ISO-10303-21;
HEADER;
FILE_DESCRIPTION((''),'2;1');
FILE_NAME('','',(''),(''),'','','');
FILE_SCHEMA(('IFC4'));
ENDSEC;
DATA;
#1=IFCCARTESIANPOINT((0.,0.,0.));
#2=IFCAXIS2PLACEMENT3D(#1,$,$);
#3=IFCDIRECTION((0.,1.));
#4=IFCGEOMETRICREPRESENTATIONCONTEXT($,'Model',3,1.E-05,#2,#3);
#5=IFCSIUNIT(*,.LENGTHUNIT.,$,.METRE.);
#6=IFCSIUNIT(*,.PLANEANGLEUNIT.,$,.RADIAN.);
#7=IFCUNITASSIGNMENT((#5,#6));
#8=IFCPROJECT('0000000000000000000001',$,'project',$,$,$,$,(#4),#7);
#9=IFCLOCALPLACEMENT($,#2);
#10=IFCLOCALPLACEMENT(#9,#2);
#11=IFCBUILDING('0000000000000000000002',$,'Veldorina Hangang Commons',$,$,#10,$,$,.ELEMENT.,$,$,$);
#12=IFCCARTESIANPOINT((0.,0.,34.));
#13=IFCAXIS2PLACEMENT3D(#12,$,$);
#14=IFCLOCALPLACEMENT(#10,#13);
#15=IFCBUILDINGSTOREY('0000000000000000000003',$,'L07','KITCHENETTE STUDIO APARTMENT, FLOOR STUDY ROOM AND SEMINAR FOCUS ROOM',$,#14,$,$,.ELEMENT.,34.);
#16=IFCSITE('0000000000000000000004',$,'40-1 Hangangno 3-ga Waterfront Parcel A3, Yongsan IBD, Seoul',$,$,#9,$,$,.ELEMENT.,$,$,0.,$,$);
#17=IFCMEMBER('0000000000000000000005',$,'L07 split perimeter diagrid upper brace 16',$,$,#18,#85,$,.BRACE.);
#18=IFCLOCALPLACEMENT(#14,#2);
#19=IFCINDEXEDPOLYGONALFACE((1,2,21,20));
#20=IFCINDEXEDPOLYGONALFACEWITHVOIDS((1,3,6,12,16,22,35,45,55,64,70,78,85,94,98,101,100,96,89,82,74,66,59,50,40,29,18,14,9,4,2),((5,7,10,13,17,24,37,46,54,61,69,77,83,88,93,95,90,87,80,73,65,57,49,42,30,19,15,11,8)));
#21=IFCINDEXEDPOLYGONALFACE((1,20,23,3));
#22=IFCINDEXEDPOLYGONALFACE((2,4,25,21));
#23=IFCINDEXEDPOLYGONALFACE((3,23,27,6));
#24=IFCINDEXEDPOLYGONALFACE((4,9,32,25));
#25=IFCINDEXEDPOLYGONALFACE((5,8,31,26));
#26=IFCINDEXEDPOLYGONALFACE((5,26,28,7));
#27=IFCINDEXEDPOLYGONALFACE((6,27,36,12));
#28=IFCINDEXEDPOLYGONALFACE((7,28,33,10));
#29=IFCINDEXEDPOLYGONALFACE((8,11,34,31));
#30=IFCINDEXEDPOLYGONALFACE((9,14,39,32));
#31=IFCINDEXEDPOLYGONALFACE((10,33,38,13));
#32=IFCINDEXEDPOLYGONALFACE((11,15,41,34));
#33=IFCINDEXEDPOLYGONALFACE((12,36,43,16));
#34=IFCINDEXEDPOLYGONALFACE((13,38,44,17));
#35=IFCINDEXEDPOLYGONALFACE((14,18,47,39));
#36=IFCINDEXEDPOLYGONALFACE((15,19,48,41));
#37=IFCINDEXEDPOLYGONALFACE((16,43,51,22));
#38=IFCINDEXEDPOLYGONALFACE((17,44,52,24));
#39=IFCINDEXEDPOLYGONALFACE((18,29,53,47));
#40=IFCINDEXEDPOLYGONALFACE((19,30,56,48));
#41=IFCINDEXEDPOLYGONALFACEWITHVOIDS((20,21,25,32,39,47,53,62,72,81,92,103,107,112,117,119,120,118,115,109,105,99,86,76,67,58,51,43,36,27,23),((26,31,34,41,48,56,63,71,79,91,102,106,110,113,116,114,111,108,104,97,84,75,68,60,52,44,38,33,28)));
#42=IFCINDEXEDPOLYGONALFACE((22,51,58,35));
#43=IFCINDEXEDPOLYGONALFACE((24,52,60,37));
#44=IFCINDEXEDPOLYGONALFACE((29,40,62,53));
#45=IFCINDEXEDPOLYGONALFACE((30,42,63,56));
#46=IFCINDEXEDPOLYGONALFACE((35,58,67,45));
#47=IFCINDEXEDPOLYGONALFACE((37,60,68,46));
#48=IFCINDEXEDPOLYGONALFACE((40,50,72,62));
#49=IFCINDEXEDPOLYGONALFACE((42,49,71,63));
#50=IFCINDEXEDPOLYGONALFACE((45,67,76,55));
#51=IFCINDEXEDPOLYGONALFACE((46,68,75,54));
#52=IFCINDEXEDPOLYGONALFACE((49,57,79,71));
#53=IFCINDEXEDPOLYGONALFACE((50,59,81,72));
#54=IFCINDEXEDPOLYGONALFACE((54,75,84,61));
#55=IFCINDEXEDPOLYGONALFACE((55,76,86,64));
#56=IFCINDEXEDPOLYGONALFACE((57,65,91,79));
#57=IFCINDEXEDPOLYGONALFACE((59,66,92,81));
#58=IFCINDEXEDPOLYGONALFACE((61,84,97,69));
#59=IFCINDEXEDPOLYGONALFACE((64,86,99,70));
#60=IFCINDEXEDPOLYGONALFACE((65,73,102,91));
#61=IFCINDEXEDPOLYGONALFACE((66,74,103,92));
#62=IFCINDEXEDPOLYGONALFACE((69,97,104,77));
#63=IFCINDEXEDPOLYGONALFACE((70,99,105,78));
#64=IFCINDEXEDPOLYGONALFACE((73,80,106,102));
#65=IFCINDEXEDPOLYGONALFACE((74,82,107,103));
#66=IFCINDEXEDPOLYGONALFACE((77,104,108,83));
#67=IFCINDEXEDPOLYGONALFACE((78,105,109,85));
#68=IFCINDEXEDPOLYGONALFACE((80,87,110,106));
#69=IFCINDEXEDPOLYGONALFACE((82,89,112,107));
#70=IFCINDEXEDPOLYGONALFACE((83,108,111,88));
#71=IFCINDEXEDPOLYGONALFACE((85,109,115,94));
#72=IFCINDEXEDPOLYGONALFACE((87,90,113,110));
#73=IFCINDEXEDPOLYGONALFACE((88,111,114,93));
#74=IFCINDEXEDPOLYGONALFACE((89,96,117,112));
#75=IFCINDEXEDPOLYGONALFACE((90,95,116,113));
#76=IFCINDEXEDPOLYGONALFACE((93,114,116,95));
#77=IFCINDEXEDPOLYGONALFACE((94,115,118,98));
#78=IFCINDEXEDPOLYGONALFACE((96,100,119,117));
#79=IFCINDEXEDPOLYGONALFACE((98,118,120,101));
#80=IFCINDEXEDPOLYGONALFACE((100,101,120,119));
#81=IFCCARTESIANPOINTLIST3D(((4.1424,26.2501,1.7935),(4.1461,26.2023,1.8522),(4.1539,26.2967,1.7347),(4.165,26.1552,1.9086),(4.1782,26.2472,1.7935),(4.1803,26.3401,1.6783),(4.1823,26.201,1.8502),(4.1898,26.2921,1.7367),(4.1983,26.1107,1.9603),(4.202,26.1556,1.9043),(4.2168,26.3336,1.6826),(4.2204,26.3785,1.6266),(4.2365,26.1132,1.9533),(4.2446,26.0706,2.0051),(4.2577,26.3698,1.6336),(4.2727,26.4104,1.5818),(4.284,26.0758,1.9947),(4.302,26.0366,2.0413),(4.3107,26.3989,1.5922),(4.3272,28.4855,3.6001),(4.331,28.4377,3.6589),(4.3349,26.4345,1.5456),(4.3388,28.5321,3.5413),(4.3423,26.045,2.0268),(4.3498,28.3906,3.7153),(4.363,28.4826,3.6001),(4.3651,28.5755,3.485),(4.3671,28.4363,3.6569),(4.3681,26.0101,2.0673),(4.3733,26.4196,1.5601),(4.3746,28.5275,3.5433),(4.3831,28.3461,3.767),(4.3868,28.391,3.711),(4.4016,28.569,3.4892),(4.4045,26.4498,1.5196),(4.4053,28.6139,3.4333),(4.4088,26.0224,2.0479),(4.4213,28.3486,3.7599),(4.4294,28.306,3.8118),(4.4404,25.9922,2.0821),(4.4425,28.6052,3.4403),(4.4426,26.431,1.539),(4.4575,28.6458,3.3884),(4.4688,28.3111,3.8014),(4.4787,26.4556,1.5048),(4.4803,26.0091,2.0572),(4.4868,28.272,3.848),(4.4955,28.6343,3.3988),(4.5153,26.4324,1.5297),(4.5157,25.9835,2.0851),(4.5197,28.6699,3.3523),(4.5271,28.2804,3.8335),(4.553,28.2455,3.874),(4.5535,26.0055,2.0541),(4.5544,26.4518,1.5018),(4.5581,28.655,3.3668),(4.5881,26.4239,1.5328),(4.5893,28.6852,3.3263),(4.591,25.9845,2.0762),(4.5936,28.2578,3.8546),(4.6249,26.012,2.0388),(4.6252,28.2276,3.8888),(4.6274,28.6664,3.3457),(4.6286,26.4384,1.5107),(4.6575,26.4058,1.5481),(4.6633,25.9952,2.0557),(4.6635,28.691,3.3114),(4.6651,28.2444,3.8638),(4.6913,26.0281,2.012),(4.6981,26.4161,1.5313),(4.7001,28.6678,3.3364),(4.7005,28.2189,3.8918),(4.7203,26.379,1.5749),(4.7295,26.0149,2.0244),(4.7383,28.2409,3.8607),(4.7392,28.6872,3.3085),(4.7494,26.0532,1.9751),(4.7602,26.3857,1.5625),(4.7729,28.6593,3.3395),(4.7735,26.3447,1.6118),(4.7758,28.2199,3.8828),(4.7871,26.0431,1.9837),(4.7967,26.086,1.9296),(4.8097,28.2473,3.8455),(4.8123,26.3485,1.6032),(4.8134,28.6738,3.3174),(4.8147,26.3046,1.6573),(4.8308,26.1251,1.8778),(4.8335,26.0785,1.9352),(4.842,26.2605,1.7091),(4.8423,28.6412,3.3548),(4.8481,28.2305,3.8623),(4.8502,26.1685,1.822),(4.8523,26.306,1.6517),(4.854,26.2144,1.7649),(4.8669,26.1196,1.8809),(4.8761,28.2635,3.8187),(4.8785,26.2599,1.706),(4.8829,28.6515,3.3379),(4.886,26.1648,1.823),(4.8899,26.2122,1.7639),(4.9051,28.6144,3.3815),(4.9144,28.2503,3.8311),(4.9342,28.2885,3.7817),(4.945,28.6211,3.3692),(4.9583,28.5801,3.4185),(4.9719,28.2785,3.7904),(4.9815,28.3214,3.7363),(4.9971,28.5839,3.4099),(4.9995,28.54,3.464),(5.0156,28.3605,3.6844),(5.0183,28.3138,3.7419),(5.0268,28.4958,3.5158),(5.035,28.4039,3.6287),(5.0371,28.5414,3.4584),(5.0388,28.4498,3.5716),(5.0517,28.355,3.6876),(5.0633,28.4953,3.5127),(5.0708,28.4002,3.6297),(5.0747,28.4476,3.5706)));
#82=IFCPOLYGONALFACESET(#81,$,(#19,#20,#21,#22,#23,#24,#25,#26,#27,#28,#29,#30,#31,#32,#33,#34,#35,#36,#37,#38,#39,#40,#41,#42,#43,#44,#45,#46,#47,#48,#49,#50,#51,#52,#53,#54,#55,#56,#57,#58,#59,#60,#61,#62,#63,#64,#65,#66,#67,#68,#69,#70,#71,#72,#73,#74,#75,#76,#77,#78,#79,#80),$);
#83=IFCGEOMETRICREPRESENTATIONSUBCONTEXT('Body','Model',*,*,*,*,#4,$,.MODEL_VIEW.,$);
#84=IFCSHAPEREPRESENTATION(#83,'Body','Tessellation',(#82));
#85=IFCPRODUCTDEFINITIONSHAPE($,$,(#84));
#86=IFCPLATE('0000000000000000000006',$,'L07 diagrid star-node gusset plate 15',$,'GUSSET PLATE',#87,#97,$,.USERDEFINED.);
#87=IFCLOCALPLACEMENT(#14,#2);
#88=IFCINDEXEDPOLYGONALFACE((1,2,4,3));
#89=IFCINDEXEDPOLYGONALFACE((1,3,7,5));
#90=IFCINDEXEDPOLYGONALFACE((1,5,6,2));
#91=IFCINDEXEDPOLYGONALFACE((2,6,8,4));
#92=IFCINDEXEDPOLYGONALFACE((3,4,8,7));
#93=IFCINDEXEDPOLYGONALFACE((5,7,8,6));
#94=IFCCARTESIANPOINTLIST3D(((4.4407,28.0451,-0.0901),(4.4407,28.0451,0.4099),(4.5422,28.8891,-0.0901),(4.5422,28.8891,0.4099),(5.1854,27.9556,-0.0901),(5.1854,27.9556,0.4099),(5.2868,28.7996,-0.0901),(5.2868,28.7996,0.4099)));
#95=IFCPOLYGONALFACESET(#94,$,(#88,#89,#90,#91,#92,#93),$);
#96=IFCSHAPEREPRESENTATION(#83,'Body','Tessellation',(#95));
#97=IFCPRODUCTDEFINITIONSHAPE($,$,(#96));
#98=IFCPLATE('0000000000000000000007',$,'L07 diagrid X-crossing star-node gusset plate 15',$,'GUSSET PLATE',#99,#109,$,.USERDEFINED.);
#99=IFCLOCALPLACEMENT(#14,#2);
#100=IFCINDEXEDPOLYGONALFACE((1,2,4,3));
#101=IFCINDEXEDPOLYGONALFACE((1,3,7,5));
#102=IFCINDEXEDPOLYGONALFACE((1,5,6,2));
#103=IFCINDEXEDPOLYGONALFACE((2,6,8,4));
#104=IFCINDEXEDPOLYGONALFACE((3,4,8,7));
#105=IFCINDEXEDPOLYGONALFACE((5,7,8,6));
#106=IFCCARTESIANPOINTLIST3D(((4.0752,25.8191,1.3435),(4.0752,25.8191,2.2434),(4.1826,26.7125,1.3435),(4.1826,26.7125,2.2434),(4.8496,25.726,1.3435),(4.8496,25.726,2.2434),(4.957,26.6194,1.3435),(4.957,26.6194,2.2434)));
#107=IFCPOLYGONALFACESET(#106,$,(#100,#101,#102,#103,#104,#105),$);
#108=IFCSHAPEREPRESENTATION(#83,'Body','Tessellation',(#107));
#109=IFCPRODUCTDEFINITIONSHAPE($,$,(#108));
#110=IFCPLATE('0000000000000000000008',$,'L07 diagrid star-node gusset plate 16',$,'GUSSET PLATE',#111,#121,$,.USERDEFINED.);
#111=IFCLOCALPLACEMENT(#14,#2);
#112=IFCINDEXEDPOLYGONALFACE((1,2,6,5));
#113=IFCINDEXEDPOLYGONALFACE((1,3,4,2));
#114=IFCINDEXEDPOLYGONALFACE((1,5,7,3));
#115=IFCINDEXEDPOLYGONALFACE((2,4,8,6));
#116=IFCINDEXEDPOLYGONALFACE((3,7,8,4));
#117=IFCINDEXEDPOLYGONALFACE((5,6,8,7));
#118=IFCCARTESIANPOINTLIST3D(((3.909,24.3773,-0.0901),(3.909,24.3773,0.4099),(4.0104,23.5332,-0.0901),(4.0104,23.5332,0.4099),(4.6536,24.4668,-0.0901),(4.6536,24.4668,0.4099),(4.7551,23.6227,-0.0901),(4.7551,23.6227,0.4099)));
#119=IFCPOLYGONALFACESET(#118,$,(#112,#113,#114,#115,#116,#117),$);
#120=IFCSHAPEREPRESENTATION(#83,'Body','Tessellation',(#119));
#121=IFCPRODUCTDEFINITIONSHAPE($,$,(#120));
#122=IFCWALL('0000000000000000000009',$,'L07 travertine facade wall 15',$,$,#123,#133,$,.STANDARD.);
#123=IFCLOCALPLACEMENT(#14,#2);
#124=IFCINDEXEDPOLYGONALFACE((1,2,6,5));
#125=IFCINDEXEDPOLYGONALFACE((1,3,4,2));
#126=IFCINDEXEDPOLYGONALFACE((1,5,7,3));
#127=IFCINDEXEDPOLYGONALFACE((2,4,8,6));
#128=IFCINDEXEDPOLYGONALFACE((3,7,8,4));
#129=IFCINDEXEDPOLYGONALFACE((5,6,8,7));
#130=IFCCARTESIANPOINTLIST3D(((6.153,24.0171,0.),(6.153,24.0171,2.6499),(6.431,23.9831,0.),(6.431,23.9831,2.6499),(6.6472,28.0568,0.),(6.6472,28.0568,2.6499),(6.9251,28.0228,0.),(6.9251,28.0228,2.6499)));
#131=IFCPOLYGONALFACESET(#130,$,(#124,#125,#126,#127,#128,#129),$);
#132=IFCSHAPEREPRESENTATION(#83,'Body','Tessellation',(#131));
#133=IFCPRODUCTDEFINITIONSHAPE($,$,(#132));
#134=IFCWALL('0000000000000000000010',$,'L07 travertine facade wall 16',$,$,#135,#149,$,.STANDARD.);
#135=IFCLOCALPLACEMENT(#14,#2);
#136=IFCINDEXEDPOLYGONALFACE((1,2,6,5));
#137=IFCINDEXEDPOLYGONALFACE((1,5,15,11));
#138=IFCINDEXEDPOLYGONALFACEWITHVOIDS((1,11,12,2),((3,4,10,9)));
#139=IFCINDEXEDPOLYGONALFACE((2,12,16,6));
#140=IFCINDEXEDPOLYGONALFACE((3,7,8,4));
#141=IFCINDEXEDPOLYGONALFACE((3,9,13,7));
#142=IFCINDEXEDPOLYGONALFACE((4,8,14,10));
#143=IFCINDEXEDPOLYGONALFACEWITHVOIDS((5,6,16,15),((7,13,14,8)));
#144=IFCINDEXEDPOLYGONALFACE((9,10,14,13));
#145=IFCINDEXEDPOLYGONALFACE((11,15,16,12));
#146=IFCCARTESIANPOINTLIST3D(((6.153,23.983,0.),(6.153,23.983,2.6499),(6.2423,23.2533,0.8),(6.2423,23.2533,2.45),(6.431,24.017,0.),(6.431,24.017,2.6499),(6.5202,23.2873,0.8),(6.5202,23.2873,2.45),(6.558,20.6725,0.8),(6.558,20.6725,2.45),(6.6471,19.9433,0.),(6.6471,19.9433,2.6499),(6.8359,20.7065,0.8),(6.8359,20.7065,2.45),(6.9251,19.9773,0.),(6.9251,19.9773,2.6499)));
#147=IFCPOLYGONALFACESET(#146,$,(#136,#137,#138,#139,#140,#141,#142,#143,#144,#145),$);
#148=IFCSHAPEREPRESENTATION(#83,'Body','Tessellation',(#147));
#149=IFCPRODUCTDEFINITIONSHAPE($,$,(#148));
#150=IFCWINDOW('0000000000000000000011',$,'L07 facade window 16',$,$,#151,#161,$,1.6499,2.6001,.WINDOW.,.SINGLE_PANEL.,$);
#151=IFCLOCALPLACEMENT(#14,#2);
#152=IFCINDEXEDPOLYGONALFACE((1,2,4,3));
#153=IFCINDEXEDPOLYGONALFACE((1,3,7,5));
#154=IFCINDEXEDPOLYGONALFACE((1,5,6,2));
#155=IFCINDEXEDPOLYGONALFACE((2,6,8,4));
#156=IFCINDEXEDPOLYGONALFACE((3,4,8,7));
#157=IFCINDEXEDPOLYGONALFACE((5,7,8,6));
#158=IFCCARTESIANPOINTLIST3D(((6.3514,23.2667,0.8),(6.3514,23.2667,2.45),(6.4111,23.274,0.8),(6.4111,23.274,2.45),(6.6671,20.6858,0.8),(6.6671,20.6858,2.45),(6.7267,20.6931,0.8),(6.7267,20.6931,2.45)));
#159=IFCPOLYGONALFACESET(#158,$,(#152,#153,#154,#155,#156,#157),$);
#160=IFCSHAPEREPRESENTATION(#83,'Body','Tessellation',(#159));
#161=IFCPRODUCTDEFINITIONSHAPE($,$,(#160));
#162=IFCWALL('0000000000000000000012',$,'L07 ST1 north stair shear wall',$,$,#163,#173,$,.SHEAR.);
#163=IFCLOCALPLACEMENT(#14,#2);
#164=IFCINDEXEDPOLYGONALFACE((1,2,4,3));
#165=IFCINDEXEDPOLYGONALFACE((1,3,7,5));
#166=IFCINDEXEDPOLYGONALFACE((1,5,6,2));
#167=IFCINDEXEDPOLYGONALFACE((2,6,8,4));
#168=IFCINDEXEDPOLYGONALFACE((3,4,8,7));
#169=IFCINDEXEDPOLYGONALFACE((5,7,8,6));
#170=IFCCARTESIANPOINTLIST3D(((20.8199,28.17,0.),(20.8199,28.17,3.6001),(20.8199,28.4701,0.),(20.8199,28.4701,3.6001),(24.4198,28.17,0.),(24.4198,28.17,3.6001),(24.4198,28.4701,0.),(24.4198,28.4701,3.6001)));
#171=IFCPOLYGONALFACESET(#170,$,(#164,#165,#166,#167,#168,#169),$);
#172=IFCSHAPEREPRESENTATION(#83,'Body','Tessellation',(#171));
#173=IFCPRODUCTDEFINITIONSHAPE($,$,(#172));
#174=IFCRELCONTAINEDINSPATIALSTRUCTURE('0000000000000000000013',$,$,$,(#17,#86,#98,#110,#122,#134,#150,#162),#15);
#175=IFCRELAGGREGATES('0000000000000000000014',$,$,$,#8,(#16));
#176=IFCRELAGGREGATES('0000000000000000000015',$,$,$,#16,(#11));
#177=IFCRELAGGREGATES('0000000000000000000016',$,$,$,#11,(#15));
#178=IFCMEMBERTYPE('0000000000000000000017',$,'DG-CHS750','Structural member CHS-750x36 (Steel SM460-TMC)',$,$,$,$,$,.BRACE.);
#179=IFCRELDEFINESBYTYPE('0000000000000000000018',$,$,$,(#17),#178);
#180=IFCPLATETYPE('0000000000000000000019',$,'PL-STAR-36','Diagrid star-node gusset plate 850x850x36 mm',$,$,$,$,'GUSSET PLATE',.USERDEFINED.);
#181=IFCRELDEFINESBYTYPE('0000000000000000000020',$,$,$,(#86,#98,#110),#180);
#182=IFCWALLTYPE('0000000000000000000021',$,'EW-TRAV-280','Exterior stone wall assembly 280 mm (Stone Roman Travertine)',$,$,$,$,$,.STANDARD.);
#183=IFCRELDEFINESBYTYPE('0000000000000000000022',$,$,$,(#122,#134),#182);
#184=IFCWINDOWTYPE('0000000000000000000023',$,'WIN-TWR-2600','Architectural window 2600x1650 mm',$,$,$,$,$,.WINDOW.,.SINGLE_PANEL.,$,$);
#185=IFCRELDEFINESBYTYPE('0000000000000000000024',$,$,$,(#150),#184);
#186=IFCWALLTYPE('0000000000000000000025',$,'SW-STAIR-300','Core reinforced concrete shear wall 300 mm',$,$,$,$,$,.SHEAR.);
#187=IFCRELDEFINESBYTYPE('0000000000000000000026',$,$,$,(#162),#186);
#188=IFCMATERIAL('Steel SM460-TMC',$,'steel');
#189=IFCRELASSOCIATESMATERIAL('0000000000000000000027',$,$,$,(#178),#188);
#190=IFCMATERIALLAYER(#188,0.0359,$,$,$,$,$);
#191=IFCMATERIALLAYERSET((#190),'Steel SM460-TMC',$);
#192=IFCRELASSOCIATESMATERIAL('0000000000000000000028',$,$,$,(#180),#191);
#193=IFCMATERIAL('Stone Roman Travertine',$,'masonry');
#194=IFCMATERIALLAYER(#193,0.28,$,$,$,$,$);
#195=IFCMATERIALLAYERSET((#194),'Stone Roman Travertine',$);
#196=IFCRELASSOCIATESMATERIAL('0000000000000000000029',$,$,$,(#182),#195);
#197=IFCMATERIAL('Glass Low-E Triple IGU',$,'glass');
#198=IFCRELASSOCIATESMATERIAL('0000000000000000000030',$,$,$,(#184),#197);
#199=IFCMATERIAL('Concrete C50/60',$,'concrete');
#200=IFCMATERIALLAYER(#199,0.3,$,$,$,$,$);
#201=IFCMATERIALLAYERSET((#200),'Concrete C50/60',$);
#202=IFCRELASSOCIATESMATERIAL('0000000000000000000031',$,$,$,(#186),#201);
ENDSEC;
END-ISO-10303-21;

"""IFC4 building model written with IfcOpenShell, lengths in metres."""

from ifc_helpers import new_model, si_unit, direction, frame, frame_2d, origin, origin_2d, place, context, subcontext, project, spatial, rectangle, hollow_circle, extrude, material, layer, layer_set, material_profile, profile_set, type_object, element, fill, save


model = new_model("IFC4")

# Units and contexts
model_context = context("Model", 3, precision=1e-05, world=origin(), true_north=direction((0.0, 1.0)))
body_context = subcontext(model_context, "Body", "Model", "MODEL_VIEW")
ifc_project = project(units=[si_unit("LENGTHUNIT", "METRE"), si_unit("PLANEANGLEUNIT", "RADIAN")], contexts=[model_context])

# Site, building, storey
site_placement = place(None, origin())
site = spatial("IfcSite", under=ifc_project, at=site_placement, Name="40-1 Hangangno 3-ga Waterfront Parcel A3, Yongsan IBD, Seoul", CompositionType="ELEMENT", RefElevation=0.0)
building_placement = place(site_placement, origin())
building = spatial("IfcBuilding", under=site, at=building_placement, Name="Veldorina Hangang Commons", CompositionType="ELEMENT")
storey_placement = place(building_placement, frame((0.0, 0.0, 34.0)))
storey = spatial("IfcBuildingStorey", under=building, at=storey_placement, Name="L07", Description="KITCHENETTE STUDIO APARTMENT, FLOOR STUDY ROOM AND SEMINAR FOCUS ROOM", CompositionType="ELEMENT", Elevation=34.0)

# Shared definitions
ifc_material_1 = material(Name="Steel SM460-TMC", Category="steel")

# Member
ifc_material_profile_1 = material_profile(ifc_material_1, hollow_circle(Radius=0.375, WallThickness=0.0359, at=origin_2d()), Name="CHS-750x36")
ifc_profile_set_1 = profile_set([ifc_material_profile_1], Name="Steel SM460-TMC")
member_type = type_object("IfcMemberType", Name="DG-CHS750", Description="Structural member CHS-750x36 (Steel SM460-TMC)", PredefinedType="BRACE", material=ifc_profile_set_1)
member_1_placement = place(storey_placement, frame((4.5161, 26.2192, 1.7935), z_axis=(0.06417, 0.77614, 0.627287), x_axis=(-0.9966, 0.082397, 0.0)))
element("IfcMember", 1, at=member_1_placement, inside=storey, type_object=member_type, Name="L07 split perimeter diagrid upper brace 16", PredefinedType="BRACE", context=body_context, shape_type="SweptSolid", body=[
    extrude(hollow_circle(Radius=0.375, WallThickness=0.0359, at=origin_2d()), origin(), (0.0, 0.0, 1.0), 2.8801),
])

# Plates
ifc_layer_1 = layer(ifc_material_1, 0.0359)
ifc_layer_set_1 = layer_set([ifc_layer_1], Name="Steel SM460-TMC")
plate_type = type_object("IfcPlateType", Name="PL-STAR-36", Description="Diagrid star-node gusset plate 850x850x36 mm", ElementType="GUSSET PLATE", PredefinedType="USERDEFINED", material=ifc_layer_set_1)
plate_1_placement = place(storey_placement, frame((4.8638, 28.4224, -0.0901), z_axis=(0.0, 0.0, 1.0), x_axis=(-0.119357, -0.992851, 0.0)))
element("IfcPlate", 2, at=plate_1_placement, inside=storey, type_object=plate_type, Name="L07 diagrid star-node gusset plate 15", ObjectType="GUSSET PLATE", PredefinedType="USERDEFINED", context=body_context, shape_type="SweptSolid", body=[
    extrude(rectangle(XDim=0.8501, YDim=0.75, at=origin_2d()), origin(), (0.0, 0.0, 1.0), 0.5),
])
plate_2_placement = place(storey_placement, frame((4.5161, 26.2192, 1.3435), z_axis=(0.0, 0.0, 1.0), x_axis=(-0.119357, -0.992851, 0.0)))
element("IfcPlate", 3, at=plate_2_placement, inside=storey, type_object=plate_type, Name="L07 diagrid X-crossing star-node gusset plate 15", ObjectType="GUSSET PLATE", PredefinedType="USERDEFINED", context=body_context, shape_type="SweptSolid", body=[
    extrude(rectangle(XDim=0.8999, YDim=0.78, at=origin_2d()), origin(), (0.0, 0.0, 1.0), 0.8999),
])
plate_3_placement = place(storey_placement, frame((4.332, 24.0, -0.0901), z_axis=(0.0, 0.0, 1.0), x_axis=(0.119357, -0.992851, 0.0)))
element("IfcPlate", 4, at=plate_3_placement, inside=storey, type_object=plate_type, Name="L07 diagrid star-node gusset plate 16", ObjectType="GUSSET PLATE", PredefinedType="USERDEFINED", context=body_context, shape_type="SweptSolid", body=[
    extrude(rectangle(XDim=0.8501, YDim=0.75, at=origin_2d()), origin(), (0.0, 0.0, 1.0), 0.5),
])

# Wall
ifc_material_2 = material(Name="Stone Roman Travertine", Category="masonry")
ifc_layer_2 = layer(ifc_material_2, 0.28)
ifc_layer_set_2 = layer_set([ifc_layer_2], Name="Stone Roman Travertine")
wall_type_1 = type_object("IfcWallType", Name="EW-TRAV-280", Description="Exterior stone wall assembly 280 mm (Stone Roman Travertine)", PredefinedType="STANDARD", material=ifc_layer_set_2)
wall_1_placement = place(storey_placement, frame((6.7861, 28.0398, 0.0), z_axis=(0.0, 0.0, 1.0), x_axis=(-0.121413, -0.992602, 0.0)))
element("IfcWall", 5, at=wall_1_placement, inside=storey, type_object=wall_type_1, Name="L07 travertine facade wall 15", PredefinedType="STANDARD", context=body_context, shape_type="SweptSolid", body=[
    extrude(rectangle(XDim=4.0698, YDim=0.28, at=frame_2d((2.0349, 0.0))), origin(), (0.0, 0.0, 1.0), 2.6499),
])

# Wall, opening, window
wall_2_placement = place(storey_placement, frame((6.292, 24.0, 0.0), z_axis=(0.0, 0.0, 1.0), x_axis=(0.121413, -0.992602, 0.0)))
wall_2 = element("IfcWall", 6, at=wall_2_placement, inside=storey, type_object=wall_type_1, Name="L07 travertine facade wall 16", PredefinedType="STANDARD", context=body_context, shape_type="SweptSolid", body=[
    extrude(rectangle(XDim=4.0698, YDim=0.28, at=frame_2d((2.0349, 0.0))), origin(), (0.0, 0.0, 1.0), 2.6499),
])
opening_1_placement = place(wall_2_placement, frame((0.7351, 0.0, 0.8)))
opening_1 = element("IfcOpeningElement", 7, at=opening_1_placement, cuts=wall_2, PredefinedType="OPENING", context=body_context, shape_type="SweptSolid", body=[
    extrude(rectangle(XDim=2.6001, YDim=1.6499, at=frame_2d((1.3, 0.825))), frame((0.0, 0.1499, 0.0), z_axis=(0.0, -1.0, 0.0), x_axis=(1.0, 0.0, 0.0)), (0.0, 0.0, 1.0), 0.3),
])
ifc_material_3 = material(Name="Glass Low-E Triple IGU", Category="glass")
window_type = type_object("IfcWindowType", Name="WIN-TWR-2600", Description="Architectural window 2600x1650 mm", PartitioningType="SINGLE_PANEL", PredefinedType="WINDOW", material=ifc_material_3)
window_placement = place(opening_1_placement, origin())
window = element("IfcWindow", 8, at=window_placement, inside=storey, type_object=window_type, Name="L07 facade window 16", OverallHeight=1.6499, OverallWidth=2.6001, PartitioningType="SINGLE_PANEL", PredefinedType="WINDOW", context=body_context, shape_type="SweptSolid", body=[
    extrude(rectangle(XDim=2.6001, YDim=1.6499, at=frame_2d((1.3, 0.825))), frame((0.0, 0.03, 0.0), z_axis=(0.0, -1.0, 0.0), x_axis=(1.0, 0.0, 0.0)), (0.0, 0.0, 1.0), 0.0601),
])
fill(opening_1, window)

# Wall
ifc_material_4 = material(Name="Concrete C50/60", Category="concrete")
ifc_layer_3 = layer(ifc_material_4, 0.3)
ifc_layer_set_3 = layer_set([ifc_layer_3], Name="Concrete C50/60")
wall_type_2 = type_object("IfcWallType", Name="SW-STAIR-300", Description="Core reinforced concrete shear wall 300 mm", PredefinedType="SHEAR", material=ifc_layer_set_3)
wall_3_placement = place(storey_placement, frame((20.8201, 28.3201, 0.0), z_axis=(0.0, 0.0, 1.0), x_axis=(1.0, 0.0, 0.0)))
element("IfcWall", 9, at=wall_3_placement, inside=storey, type_object=wall_type_2, Name="L07 ST1 north stair shear wall", PredefinedType="SHEAR", context=body_context, shape_type="SweptSolid", body=[
    extrude(rectangle(XDim=3.5999, YDim=0.3, at=frame_2d((1.7998, 0.0))), origin(), (0.0, 0.0, 1.0), 3.6001),
])

save(model, "model.ifc")
